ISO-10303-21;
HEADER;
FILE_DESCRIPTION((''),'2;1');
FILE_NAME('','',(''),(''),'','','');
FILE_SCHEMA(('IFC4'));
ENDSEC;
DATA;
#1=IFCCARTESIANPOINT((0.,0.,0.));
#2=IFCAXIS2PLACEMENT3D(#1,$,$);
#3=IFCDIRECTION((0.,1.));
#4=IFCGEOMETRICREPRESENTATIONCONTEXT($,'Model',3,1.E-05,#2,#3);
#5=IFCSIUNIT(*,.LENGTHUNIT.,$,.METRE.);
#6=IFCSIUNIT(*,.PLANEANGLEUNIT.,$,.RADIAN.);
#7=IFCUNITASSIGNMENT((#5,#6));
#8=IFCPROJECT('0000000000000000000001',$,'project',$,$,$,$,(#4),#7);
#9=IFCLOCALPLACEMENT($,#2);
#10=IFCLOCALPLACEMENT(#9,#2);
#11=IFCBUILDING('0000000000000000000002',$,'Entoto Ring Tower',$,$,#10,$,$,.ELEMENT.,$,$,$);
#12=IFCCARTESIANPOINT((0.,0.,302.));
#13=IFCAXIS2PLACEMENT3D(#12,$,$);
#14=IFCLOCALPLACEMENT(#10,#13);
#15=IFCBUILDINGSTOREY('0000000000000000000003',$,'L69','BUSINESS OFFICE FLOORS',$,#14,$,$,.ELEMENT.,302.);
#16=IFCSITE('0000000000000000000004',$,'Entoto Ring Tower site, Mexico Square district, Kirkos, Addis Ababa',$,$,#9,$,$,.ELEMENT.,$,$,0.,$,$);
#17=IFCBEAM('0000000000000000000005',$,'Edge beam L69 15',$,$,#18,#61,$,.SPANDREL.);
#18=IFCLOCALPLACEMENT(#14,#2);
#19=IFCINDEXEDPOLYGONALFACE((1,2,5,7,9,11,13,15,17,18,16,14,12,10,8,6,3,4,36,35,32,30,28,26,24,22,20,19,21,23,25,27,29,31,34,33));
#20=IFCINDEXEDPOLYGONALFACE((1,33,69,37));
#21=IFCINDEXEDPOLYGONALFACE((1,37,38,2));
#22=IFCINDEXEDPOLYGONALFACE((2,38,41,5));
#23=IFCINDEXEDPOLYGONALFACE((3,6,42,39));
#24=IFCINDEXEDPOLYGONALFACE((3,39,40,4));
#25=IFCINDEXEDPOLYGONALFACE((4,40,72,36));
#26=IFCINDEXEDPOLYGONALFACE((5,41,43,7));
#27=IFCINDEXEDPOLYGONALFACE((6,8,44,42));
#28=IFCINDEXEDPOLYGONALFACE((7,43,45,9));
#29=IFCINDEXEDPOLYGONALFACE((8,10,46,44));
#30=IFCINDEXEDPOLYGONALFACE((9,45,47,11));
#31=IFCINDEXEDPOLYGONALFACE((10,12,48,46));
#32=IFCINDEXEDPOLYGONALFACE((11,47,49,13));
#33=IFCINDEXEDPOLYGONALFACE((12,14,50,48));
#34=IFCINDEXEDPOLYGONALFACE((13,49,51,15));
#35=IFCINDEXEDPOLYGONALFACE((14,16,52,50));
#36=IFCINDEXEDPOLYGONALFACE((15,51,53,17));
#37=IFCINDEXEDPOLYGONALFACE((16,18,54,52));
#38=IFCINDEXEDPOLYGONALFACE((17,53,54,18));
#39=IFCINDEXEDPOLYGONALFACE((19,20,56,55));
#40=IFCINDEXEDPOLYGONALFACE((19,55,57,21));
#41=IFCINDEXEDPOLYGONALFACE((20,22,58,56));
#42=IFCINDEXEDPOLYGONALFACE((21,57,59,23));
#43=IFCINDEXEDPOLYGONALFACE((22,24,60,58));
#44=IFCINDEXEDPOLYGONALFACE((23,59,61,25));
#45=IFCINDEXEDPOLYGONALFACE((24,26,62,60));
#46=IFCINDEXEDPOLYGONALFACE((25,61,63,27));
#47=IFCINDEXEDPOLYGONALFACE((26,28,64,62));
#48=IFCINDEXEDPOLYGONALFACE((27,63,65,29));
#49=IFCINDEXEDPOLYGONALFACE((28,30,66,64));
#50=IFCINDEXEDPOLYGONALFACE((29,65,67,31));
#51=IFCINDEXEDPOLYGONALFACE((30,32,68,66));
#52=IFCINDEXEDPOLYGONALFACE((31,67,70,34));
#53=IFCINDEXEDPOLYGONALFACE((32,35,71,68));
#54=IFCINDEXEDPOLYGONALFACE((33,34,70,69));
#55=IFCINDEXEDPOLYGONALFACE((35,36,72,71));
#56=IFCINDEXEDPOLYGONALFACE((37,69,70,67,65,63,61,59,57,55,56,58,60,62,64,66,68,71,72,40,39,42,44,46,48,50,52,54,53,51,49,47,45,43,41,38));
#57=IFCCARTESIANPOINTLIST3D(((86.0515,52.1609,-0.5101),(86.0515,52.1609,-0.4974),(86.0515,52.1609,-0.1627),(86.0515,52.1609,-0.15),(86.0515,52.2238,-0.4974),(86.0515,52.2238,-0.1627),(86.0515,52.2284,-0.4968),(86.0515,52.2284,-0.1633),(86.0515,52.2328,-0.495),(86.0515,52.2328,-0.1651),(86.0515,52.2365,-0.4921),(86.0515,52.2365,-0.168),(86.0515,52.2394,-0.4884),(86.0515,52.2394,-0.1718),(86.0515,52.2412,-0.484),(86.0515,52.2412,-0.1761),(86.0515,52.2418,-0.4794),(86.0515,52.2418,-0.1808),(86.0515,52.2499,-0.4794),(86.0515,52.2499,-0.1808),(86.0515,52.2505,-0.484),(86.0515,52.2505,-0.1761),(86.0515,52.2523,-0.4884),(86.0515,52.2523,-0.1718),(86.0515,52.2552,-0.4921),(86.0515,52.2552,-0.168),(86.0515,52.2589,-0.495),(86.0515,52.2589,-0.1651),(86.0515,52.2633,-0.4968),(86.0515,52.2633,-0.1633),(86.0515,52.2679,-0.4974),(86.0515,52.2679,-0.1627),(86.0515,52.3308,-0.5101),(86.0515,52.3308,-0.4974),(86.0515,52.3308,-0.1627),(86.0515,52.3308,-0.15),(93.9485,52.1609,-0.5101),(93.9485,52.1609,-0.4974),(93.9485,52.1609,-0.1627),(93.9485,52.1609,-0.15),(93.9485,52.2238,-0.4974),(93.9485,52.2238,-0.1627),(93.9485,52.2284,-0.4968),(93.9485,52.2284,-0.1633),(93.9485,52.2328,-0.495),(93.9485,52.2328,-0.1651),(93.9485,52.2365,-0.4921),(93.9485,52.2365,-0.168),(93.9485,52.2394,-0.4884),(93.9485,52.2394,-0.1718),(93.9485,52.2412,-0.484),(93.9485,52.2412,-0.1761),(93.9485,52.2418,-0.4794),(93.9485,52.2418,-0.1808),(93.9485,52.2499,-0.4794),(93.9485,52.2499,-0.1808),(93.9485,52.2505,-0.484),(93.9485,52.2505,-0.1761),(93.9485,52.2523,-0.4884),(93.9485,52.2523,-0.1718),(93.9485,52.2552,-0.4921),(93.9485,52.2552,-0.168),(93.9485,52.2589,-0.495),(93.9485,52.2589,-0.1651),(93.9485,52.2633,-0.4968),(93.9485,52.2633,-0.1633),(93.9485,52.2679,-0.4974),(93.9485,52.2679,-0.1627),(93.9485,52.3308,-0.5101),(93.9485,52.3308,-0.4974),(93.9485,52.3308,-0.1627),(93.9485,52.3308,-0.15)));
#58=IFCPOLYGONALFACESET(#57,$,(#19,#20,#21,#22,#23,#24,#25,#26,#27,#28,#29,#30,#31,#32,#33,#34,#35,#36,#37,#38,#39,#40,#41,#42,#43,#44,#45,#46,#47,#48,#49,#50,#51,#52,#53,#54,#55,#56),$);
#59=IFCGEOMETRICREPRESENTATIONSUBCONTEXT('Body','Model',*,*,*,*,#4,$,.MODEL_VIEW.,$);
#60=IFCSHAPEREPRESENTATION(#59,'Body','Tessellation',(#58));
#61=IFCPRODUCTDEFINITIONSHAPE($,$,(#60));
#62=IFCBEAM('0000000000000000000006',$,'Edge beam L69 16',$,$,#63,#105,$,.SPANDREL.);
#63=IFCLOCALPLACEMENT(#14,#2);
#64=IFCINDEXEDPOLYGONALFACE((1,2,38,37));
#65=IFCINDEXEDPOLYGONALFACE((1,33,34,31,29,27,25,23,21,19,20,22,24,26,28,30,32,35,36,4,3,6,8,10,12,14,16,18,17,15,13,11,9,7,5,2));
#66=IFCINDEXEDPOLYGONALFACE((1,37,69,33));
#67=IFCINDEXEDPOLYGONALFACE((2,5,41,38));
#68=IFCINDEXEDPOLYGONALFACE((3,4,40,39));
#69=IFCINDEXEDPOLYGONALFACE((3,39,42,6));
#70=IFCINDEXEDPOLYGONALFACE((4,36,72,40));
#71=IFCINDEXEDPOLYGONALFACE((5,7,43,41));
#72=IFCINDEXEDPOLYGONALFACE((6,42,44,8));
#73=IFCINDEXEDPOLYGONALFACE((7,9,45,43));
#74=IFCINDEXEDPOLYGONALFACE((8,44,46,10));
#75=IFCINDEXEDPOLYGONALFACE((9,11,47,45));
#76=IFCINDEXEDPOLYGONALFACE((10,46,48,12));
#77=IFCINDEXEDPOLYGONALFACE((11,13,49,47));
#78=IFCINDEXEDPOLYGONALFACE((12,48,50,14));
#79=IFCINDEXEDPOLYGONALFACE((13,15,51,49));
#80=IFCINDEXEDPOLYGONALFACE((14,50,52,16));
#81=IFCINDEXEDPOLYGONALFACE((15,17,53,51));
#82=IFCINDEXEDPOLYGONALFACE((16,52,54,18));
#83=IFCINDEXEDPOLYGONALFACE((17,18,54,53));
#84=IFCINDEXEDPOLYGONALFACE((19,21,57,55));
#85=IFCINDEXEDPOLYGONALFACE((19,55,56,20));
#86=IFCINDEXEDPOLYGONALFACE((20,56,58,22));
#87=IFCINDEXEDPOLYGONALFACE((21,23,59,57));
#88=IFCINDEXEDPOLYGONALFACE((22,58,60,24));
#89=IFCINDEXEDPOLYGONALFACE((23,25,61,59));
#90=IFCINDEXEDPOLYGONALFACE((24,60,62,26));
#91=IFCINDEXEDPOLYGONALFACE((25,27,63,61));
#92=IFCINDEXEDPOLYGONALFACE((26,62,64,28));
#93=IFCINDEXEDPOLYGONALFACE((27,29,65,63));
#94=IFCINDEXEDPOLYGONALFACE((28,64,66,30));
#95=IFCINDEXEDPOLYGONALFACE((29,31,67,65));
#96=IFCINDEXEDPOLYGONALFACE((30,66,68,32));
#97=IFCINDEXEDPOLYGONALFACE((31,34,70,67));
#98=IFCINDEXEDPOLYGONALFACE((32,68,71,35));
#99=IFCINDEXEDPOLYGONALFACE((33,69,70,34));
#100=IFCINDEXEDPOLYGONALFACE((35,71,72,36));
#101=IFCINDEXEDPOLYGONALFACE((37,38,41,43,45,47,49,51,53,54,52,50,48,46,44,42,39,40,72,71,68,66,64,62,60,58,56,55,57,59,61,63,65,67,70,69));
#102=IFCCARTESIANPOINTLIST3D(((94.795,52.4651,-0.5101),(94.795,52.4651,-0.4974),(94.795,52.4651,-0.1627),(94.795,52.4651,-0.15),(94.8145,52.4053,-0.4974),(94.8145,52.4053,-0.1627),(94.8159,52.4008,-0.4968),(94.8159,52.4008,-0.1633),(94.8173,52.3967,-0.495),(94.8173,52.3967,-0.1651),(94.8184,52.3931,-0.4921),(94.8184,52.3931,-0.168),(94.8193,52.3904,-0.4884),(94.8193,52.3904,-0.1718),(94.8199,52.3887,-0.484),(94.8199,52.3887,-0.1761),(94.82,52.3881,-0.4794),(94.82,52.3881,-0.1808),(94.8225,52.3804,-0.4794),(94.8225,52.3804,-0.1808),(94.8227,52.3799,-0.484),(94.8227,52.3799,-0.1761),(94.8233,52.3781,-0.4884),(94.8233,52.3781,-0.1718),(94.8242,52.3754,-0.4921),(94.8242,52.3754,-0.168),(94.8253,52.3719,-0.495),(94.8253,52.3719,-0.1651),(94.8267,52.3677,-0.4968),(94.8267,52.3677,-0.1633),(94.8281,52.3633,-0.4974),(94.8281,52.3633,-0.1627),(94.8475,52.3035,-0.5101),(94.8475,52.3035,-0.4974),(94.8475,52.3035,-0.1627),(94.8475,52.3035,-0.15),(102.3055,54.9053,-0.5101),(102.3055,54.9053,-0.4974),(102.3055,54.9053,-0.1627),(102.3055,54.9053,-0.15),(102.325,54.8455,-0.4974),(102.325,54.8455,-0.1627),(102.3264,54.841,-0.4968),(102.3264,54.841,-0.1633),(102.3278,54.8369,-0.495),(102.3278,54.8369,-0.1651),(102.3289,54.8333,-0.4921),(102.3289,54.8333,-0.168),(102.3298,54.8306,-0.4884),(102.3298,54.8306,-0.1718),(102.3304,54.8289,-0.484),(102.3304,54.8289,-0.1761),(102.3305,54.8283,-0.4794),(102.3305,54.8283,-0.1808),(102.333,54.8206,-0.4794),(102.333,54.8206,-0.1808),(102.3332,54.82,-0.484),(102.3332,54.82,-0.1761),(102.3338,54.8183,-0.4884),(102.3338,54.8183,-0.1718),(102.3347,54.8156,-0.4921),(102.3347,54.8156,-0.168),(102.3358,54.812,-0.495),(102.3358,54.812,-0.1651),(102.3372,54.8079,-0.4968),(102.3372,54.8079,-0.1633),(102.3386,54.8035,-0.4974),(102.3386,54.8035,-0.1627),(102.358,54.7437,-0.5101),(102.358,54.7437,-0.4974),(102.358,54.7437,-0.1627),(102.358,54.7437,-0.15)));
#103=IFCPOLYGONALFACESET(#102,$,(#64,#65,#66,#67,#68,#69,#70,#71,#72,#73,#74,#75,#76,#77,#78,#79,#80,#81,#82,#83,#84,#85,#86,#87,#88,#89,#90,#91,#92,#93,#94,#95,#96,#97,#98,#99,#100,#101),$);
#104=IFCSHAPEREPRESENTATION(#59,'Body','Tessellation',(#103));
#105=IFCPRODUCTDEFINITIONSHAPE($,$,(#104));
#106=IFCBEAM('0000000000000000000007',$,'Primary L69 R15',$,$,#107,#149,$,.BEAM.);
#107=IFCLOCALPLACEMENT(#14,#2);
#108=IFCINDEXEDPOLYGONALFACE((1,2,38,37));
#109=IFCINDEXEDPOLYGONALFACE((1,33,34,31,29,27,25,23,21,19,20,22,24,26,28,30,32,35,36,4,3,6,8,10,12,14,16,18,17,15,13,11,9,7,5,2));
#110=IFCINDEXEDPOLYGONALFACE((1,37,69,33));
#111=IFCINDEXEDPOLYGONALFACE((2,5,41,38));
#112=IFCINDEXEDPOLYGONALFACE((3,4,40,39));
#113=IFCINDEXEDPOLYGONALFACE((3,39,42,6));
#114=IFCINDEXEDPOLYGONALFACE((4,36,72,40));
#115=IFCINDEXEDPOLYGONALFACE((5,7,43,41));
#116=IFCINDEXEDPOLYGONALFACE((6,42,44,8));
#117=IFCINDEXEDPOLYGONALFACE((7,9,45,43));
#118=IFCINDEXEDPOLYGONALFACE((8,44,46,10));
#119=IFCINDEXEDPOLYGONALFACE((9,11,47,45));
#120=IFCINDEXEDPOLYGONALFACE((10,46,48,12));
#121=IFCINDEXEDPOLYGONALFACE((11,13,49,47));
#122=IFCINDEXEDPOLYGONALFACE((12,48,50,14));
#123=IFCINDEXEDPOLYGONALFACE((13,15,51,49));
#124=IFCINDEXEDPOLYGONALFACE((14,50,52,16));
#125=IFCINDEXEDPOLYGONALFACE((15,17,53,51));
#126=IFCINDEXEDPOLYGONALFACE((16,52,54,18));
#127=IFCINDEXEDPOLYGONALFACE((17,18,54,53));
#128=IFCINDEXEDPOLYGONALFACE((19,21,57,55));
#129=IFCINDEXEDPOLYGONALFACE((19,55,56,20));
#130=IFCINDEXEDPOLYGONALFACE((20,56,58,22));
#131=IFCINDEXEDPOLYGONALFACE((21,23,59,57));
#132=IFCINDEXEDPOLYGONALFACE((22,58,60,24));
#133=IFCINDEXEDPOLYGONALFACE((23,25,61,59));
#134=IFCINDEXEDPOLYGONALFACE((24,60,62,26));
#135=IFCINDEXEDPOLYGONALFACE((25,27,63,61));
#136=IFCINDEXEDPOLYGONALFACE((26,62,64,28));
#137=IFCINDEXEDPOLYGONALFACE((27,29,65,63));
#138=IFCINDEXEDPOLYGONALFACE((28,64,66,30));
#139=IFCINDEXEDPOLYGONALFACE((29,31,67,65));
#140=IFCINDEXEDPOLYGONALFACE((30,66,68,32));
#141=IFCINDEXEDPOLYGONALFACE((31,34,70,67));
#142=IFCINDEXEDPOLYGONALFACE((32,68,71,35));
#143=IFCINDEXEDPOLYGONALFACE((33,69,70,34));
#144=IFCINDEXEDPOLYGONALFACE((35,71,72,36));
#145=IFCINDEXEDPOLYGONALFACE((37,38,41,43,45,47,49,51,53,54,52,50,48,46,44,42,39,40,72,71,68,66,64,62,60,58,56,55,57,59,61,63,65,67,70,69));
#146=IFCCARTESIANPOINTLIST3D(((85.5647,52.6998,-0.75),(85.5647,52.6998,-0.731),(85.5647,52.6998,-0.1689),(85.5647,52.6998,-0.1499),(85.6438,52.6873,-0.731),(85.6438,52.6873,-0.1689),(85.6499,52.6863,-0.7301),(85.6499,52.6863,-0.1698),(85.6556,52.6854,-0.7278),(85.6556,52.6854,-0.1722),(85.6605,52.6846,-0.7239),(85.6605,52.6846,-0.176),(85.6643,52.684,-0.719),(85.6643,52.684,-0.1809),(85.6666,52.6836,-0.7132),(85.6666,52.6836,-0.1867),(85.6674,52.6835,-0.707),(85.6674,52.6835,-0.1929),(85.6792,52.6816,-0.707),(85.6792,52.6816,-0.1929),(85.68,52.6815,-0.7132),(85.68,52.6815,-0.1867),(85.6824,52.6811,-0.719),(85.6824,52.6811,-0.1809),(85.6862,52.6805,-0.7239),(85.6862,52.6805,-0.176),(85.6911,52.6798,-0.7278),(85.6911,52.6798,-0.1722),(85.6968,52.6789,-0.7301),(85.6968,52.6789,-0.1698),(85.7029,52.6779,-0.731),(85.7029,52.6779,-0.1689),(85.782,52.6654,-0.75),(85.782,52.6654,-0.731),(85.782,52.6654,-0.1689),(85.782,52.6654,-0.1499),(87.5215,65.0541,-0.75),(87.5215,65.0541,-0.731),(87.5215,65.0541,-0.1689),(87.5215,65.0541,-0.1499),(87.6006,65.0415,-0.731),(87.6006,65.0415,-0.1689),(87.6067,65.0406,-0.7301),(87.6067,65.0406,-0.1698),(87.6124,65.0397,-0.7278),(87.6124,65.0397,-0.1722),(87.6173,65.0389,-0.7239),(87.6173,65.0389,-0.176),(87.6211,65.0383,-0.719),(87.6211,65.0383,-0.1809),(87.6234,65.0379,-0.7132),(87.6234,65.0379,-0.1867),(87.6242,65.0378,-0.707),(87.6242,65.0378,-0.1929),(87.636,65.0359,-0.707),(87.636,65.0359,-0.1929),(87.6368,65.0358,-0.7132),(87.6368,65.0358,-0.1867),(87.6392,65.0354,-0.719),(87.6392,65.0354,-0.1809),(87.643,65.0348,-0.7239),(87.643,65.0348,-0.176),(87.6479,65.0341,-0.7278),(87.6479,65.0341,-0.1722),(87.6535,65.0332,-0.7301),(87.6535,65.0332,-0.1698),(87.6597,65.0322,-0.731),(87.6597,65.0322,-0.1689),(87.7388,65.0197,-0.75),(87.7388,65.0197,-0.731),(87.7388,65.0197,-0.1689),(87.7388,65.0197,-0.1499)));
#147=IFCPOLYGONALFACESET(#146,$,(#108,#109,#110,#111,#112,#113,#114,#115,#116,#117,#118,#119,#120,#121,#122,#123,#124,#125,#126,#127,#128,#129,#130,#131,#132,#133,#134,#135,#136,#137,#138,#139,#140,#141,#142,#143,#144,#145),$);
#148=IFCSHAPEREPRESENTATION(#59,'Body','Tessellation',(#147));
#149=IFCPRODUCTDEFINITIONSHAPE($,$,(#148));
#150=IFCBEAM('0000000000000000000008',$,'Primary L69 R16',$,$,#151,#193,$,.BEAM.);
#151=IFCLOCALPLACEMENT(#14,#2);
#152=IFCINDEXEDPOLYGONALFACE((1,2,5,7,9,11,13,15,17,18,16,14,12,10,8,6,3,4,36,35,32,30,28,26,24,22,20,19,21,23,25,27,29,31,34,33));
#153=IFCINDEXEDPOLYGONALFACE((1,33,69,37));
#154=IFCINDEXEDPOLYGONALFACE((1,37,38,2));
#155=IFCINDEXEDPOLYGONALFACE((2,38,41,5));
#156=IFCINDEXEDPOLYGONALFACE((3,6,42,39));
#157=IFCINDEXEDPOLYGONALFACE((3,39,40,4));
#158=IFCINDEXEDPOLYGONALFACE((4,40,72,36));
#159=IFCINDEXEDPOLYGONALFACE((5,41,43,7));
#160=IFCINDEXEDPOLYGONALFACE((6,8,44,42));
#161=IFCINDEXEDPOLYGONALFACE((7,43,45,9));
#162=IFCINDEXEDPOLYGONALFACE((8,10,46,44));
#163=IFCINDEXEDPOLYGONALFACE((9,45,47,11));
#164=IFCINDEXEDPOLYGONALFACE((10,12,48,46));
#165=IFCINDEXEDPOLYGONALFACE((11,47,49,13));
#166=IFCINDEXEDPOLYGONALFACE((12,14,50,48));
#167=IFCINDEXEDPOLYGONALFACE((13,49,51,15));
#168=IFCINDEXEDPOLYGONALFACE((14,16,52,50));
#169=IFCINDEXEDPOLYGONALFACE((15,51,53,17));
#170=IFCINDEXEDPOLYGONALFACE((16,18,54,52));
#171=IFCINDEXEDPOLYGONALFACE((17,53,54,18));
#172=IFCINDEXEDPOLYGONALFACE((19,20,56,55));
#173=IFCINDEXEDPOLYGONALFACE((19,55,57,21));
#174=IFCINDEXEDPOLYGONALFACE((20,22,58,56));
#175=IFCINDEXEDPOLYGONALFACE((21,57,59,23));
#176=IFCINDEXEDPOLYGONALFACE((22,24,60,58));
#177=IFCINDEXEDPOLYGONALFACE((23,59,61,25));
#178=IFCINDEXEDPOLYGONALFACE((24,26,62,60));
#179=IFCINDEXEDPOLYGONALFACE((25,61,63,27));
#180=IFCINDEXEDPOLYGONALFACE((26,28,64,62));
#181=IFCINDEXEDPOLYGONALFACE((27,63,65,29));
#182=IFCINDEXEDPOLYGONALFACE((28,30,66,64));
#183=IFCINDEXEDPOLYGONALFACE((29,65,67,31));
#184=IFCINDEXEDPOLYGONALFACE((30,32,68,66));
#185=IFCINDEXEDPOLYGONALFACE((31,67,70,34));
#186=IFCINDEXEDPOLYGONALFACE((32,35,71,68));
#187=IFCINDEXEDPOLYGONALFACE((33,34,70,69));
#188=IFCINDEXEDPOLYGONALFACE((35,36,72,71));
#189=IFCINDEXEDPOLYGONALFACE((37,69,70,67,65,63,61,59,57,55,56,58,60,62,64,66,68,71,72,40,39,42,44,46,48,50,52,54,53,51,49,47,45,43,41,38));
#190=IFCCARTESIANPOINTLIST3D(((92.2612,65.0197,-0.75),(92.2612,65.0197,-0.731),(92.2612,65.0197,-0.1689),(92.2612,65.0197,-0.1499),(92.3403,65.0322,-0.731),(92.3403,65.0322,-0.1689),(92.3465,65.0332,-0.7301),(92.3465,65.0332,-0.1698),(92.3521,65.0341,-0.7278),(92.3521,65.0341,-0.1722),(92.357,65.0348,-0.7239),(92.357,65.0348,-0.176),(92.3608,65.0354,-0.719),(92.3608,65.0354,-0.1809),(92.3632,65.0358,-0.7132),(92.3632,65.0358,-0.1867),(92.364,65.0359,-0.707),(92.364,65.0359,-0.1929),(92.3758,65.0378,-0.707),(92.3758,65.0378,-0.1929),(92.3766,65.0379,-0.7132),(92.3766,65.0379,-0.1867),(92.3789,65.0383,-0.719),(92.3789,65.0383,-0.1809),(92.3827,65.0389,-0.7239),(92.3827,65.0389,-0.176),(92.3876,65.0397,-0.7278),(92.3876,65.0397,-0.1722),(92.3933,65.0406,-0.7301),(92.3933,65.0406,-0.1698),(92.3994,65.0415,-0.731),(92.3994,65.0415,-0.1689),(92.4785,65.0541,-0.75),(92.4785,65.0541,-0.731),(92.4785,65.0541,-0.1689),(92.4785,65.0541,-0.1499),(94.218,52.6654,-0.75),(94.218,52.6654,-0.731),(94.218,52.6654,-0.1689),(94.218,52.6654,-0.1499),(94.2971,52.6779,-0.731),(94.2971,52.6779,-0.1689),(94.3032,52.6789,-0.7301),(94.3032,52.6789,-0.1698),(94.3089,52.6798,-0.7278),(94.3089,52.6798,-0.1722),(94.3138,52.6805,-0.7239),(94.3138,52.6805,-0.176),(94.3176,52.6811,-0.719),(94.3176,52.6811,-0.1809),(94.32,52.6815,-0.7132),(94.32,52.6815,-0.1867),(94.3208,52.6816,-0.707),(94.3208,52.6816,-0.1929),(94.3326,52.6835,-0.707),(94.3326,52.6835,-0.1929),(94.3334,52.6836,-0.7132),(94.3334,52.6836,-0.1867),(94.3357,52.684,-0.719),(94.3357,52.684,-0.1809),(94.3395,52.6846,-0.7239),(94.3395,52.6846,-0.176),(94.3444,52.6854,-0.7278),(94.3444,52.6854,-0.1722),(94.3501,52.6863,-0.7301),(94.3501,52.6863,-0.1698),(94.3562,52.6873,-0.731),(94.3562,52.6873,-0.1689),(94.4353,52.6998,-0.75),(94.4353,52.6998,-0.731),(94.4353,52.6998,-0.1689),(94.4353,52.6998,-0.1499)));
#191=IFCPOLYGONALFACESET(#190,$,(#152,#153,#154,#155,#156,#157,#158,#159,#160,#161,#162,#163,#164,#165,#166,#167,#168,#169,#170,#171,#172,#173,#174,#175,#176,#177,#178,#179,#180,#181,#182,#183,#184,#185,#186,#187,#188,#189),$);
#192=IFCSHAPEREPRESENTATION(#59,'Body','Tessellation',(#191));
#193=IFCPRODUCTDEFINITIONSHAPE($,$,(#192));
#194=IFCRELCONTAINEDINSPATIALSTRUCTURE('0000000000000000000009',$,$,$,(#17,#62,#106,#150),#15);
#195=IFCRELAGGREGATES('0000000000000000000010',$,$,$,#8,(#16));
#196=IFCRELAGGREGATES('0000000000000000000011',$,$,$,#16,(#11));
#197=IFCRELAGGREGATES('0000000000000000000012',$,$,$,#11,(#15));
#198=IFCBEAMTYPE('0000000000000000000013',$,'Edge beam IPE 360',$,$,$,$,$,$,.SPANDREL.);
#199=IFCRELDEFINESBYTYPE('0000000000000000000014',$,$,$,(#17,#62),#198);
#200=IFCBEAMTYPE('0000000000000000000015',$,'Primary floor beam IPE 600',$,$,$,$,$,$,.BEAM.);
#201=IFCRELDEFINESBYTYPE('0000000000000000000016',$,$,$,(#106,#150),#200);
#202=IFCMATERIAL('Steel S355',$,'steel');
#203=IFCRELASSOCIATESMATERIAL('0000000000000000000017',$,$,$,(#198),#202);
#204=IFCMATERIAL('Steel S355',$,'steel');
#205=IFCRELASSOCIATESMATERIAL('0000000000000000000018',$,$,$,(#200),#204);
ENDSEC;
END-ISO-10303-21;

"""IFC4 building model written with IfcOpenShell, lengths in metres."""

from ifc_helpers import new_model, si_unit, direction, frame, origin, origin_2d, place, context, subcontext, project, spatial, i_section, extrude, material, material_profile, profile_set, type_object, element, save


model = new_model("IFC4")

# Units and contexts
model_context = context("Model", 3, precision=1e-05, world=origin(), true_north=direction((0.0, 1.0)))
body_context = subcontext(model_context, "Body", "Model", "MODEL_VIEW")
ifc_project = project(units=[si_unit("LENGTHUNIT", "METRE"), si_unit("PLANEANGLEUNIT", "RADIAN")], contexts=[model_context])

# Site, building, storey
site_placement = place(None, origin())
site = spatial("IfcSite", under=ifc_project, at=site_placement, Name="Entoto Ring Tower site, Mexico Square district, Kirkos, Addis Ababa", CompositionType="ELEMENT", RefElevation=0.0)
building_placement = place(site_placement, origin())
building = spatial("IfcBuilding", under=site, at=building_placement, Name="Entoto Ring Tower", CompositionType="ELEMENT")
storey_placement = place(building_placement, frame((0.0, 0.0, 302.0)))
storey = spatial("IfcBuildingStorey", under=building, at=storey_placement, Name="L69", Description="BUSINESS OFFICE FLOORS", CompositionType="ELEMENT", Elevation=302.0)

# Beams
ifc_material_1 = material(Name="Steel S355", Category="steel")
ifc_material_profile_1 = material_profile(ifc_material_1, i_section(OverallWidth=0.1699, OverallDepth=0.3601, WebThickness=0.0081, FlangeThickness=0.0127, FilletRadius=0.0181, at=origin_2d()), Name="IPE 360")
ifc_profile_set_1 = profile_set([ifc_material_profile_1], Name="Steel S355")
beam_type_1 = type_object("IfcBeamType", Name="Edge beam IPE 360", PredefinedType="SPANDREL", material=ifc_profile_set_1)
for number, where, z_axis, x_axis, name in (
    (1, (86.0515, 52.2458, -0.3301), (1.0, 0.0, 0.0), (0.0, 1.0, 0.0), "Edge beam L69 15"),
    (2, (94.8213, 52.3843, -0.3301), (0.951061, 0.309003, 0.0), (-0.309003, 0.951061, 0.0), "Edge beam L69 16"),
):
    element("IfcBeam", number, at=place(storey_placement, frame(where, z_axis=z_axis, x_axis=x_axis)), inside=storey, type_object=beam_type_1, Name=name, PredefinedType="SPANDREL", context=body_context, shape_type="SweptSolid", body=[
        extrude(i_section(OverallWidth=0.1699, OverallDepth=0.3601, WebThickness=0.0081, FlangeThickness=0.0127, FilletRadius=0.0181, at=origin_2d()), origin(), (0.0, 0.0, 1.0), 7.897),
    ])
ifc_material_2 = material(Name="Steel S355", Category="steel")
ifc_material_profile_2 = material_profile(ifc_material_2, i_section(OverallWidth=0.22, OverallDepth=0.6001, WebThickness=0.012, FlangeThickness=0.019, FilletRadius=0.0239, at=origin_2d()), Name="IPE 600")
ifc_profile_set_2 = profile_set([ifc_material_profile_2], Name="Steel S355")
beam_type_2 = type_object("IfcBeamType", Name="Primary floor beam IPE 600", PredefinedType="BEAM", material=ifc_profile_set_2)
for number, where, z_axis, x_axis, name in (
    (3, (87.6301, 65.0369, -0.45), (-0.15644, -0.987688, 0.0), (0.987688, -0.15644, 0.0), "Primary L69 R15"),
    (4, (92.3699, 65.0369, -0.45), (0.15644, -0.987688, 0.0), (0.987688, 0.15644, 0.0), "Primary L69 R16"),
):
    element("IfcBeam", number, at=place(storey_placement, frame(where, z_axis=z_axis, x_axis=x_axis)), inside=storey, type_object=beam_type_2, Name=name, PredefinedType="BEAM", context=body_context, shape_type="SweptSolid", body=[
        extrude(i_section(OverallWidth=0.22, OverallDepth=0.6001, WebThickness=0.012, FlangeThickness=0.019, FilletRadius=0.0239, at=origin_2d()), origin(), (0.0, 0.0, 1.0), 12.5083),
    ])

save(model, "model.ifc")
